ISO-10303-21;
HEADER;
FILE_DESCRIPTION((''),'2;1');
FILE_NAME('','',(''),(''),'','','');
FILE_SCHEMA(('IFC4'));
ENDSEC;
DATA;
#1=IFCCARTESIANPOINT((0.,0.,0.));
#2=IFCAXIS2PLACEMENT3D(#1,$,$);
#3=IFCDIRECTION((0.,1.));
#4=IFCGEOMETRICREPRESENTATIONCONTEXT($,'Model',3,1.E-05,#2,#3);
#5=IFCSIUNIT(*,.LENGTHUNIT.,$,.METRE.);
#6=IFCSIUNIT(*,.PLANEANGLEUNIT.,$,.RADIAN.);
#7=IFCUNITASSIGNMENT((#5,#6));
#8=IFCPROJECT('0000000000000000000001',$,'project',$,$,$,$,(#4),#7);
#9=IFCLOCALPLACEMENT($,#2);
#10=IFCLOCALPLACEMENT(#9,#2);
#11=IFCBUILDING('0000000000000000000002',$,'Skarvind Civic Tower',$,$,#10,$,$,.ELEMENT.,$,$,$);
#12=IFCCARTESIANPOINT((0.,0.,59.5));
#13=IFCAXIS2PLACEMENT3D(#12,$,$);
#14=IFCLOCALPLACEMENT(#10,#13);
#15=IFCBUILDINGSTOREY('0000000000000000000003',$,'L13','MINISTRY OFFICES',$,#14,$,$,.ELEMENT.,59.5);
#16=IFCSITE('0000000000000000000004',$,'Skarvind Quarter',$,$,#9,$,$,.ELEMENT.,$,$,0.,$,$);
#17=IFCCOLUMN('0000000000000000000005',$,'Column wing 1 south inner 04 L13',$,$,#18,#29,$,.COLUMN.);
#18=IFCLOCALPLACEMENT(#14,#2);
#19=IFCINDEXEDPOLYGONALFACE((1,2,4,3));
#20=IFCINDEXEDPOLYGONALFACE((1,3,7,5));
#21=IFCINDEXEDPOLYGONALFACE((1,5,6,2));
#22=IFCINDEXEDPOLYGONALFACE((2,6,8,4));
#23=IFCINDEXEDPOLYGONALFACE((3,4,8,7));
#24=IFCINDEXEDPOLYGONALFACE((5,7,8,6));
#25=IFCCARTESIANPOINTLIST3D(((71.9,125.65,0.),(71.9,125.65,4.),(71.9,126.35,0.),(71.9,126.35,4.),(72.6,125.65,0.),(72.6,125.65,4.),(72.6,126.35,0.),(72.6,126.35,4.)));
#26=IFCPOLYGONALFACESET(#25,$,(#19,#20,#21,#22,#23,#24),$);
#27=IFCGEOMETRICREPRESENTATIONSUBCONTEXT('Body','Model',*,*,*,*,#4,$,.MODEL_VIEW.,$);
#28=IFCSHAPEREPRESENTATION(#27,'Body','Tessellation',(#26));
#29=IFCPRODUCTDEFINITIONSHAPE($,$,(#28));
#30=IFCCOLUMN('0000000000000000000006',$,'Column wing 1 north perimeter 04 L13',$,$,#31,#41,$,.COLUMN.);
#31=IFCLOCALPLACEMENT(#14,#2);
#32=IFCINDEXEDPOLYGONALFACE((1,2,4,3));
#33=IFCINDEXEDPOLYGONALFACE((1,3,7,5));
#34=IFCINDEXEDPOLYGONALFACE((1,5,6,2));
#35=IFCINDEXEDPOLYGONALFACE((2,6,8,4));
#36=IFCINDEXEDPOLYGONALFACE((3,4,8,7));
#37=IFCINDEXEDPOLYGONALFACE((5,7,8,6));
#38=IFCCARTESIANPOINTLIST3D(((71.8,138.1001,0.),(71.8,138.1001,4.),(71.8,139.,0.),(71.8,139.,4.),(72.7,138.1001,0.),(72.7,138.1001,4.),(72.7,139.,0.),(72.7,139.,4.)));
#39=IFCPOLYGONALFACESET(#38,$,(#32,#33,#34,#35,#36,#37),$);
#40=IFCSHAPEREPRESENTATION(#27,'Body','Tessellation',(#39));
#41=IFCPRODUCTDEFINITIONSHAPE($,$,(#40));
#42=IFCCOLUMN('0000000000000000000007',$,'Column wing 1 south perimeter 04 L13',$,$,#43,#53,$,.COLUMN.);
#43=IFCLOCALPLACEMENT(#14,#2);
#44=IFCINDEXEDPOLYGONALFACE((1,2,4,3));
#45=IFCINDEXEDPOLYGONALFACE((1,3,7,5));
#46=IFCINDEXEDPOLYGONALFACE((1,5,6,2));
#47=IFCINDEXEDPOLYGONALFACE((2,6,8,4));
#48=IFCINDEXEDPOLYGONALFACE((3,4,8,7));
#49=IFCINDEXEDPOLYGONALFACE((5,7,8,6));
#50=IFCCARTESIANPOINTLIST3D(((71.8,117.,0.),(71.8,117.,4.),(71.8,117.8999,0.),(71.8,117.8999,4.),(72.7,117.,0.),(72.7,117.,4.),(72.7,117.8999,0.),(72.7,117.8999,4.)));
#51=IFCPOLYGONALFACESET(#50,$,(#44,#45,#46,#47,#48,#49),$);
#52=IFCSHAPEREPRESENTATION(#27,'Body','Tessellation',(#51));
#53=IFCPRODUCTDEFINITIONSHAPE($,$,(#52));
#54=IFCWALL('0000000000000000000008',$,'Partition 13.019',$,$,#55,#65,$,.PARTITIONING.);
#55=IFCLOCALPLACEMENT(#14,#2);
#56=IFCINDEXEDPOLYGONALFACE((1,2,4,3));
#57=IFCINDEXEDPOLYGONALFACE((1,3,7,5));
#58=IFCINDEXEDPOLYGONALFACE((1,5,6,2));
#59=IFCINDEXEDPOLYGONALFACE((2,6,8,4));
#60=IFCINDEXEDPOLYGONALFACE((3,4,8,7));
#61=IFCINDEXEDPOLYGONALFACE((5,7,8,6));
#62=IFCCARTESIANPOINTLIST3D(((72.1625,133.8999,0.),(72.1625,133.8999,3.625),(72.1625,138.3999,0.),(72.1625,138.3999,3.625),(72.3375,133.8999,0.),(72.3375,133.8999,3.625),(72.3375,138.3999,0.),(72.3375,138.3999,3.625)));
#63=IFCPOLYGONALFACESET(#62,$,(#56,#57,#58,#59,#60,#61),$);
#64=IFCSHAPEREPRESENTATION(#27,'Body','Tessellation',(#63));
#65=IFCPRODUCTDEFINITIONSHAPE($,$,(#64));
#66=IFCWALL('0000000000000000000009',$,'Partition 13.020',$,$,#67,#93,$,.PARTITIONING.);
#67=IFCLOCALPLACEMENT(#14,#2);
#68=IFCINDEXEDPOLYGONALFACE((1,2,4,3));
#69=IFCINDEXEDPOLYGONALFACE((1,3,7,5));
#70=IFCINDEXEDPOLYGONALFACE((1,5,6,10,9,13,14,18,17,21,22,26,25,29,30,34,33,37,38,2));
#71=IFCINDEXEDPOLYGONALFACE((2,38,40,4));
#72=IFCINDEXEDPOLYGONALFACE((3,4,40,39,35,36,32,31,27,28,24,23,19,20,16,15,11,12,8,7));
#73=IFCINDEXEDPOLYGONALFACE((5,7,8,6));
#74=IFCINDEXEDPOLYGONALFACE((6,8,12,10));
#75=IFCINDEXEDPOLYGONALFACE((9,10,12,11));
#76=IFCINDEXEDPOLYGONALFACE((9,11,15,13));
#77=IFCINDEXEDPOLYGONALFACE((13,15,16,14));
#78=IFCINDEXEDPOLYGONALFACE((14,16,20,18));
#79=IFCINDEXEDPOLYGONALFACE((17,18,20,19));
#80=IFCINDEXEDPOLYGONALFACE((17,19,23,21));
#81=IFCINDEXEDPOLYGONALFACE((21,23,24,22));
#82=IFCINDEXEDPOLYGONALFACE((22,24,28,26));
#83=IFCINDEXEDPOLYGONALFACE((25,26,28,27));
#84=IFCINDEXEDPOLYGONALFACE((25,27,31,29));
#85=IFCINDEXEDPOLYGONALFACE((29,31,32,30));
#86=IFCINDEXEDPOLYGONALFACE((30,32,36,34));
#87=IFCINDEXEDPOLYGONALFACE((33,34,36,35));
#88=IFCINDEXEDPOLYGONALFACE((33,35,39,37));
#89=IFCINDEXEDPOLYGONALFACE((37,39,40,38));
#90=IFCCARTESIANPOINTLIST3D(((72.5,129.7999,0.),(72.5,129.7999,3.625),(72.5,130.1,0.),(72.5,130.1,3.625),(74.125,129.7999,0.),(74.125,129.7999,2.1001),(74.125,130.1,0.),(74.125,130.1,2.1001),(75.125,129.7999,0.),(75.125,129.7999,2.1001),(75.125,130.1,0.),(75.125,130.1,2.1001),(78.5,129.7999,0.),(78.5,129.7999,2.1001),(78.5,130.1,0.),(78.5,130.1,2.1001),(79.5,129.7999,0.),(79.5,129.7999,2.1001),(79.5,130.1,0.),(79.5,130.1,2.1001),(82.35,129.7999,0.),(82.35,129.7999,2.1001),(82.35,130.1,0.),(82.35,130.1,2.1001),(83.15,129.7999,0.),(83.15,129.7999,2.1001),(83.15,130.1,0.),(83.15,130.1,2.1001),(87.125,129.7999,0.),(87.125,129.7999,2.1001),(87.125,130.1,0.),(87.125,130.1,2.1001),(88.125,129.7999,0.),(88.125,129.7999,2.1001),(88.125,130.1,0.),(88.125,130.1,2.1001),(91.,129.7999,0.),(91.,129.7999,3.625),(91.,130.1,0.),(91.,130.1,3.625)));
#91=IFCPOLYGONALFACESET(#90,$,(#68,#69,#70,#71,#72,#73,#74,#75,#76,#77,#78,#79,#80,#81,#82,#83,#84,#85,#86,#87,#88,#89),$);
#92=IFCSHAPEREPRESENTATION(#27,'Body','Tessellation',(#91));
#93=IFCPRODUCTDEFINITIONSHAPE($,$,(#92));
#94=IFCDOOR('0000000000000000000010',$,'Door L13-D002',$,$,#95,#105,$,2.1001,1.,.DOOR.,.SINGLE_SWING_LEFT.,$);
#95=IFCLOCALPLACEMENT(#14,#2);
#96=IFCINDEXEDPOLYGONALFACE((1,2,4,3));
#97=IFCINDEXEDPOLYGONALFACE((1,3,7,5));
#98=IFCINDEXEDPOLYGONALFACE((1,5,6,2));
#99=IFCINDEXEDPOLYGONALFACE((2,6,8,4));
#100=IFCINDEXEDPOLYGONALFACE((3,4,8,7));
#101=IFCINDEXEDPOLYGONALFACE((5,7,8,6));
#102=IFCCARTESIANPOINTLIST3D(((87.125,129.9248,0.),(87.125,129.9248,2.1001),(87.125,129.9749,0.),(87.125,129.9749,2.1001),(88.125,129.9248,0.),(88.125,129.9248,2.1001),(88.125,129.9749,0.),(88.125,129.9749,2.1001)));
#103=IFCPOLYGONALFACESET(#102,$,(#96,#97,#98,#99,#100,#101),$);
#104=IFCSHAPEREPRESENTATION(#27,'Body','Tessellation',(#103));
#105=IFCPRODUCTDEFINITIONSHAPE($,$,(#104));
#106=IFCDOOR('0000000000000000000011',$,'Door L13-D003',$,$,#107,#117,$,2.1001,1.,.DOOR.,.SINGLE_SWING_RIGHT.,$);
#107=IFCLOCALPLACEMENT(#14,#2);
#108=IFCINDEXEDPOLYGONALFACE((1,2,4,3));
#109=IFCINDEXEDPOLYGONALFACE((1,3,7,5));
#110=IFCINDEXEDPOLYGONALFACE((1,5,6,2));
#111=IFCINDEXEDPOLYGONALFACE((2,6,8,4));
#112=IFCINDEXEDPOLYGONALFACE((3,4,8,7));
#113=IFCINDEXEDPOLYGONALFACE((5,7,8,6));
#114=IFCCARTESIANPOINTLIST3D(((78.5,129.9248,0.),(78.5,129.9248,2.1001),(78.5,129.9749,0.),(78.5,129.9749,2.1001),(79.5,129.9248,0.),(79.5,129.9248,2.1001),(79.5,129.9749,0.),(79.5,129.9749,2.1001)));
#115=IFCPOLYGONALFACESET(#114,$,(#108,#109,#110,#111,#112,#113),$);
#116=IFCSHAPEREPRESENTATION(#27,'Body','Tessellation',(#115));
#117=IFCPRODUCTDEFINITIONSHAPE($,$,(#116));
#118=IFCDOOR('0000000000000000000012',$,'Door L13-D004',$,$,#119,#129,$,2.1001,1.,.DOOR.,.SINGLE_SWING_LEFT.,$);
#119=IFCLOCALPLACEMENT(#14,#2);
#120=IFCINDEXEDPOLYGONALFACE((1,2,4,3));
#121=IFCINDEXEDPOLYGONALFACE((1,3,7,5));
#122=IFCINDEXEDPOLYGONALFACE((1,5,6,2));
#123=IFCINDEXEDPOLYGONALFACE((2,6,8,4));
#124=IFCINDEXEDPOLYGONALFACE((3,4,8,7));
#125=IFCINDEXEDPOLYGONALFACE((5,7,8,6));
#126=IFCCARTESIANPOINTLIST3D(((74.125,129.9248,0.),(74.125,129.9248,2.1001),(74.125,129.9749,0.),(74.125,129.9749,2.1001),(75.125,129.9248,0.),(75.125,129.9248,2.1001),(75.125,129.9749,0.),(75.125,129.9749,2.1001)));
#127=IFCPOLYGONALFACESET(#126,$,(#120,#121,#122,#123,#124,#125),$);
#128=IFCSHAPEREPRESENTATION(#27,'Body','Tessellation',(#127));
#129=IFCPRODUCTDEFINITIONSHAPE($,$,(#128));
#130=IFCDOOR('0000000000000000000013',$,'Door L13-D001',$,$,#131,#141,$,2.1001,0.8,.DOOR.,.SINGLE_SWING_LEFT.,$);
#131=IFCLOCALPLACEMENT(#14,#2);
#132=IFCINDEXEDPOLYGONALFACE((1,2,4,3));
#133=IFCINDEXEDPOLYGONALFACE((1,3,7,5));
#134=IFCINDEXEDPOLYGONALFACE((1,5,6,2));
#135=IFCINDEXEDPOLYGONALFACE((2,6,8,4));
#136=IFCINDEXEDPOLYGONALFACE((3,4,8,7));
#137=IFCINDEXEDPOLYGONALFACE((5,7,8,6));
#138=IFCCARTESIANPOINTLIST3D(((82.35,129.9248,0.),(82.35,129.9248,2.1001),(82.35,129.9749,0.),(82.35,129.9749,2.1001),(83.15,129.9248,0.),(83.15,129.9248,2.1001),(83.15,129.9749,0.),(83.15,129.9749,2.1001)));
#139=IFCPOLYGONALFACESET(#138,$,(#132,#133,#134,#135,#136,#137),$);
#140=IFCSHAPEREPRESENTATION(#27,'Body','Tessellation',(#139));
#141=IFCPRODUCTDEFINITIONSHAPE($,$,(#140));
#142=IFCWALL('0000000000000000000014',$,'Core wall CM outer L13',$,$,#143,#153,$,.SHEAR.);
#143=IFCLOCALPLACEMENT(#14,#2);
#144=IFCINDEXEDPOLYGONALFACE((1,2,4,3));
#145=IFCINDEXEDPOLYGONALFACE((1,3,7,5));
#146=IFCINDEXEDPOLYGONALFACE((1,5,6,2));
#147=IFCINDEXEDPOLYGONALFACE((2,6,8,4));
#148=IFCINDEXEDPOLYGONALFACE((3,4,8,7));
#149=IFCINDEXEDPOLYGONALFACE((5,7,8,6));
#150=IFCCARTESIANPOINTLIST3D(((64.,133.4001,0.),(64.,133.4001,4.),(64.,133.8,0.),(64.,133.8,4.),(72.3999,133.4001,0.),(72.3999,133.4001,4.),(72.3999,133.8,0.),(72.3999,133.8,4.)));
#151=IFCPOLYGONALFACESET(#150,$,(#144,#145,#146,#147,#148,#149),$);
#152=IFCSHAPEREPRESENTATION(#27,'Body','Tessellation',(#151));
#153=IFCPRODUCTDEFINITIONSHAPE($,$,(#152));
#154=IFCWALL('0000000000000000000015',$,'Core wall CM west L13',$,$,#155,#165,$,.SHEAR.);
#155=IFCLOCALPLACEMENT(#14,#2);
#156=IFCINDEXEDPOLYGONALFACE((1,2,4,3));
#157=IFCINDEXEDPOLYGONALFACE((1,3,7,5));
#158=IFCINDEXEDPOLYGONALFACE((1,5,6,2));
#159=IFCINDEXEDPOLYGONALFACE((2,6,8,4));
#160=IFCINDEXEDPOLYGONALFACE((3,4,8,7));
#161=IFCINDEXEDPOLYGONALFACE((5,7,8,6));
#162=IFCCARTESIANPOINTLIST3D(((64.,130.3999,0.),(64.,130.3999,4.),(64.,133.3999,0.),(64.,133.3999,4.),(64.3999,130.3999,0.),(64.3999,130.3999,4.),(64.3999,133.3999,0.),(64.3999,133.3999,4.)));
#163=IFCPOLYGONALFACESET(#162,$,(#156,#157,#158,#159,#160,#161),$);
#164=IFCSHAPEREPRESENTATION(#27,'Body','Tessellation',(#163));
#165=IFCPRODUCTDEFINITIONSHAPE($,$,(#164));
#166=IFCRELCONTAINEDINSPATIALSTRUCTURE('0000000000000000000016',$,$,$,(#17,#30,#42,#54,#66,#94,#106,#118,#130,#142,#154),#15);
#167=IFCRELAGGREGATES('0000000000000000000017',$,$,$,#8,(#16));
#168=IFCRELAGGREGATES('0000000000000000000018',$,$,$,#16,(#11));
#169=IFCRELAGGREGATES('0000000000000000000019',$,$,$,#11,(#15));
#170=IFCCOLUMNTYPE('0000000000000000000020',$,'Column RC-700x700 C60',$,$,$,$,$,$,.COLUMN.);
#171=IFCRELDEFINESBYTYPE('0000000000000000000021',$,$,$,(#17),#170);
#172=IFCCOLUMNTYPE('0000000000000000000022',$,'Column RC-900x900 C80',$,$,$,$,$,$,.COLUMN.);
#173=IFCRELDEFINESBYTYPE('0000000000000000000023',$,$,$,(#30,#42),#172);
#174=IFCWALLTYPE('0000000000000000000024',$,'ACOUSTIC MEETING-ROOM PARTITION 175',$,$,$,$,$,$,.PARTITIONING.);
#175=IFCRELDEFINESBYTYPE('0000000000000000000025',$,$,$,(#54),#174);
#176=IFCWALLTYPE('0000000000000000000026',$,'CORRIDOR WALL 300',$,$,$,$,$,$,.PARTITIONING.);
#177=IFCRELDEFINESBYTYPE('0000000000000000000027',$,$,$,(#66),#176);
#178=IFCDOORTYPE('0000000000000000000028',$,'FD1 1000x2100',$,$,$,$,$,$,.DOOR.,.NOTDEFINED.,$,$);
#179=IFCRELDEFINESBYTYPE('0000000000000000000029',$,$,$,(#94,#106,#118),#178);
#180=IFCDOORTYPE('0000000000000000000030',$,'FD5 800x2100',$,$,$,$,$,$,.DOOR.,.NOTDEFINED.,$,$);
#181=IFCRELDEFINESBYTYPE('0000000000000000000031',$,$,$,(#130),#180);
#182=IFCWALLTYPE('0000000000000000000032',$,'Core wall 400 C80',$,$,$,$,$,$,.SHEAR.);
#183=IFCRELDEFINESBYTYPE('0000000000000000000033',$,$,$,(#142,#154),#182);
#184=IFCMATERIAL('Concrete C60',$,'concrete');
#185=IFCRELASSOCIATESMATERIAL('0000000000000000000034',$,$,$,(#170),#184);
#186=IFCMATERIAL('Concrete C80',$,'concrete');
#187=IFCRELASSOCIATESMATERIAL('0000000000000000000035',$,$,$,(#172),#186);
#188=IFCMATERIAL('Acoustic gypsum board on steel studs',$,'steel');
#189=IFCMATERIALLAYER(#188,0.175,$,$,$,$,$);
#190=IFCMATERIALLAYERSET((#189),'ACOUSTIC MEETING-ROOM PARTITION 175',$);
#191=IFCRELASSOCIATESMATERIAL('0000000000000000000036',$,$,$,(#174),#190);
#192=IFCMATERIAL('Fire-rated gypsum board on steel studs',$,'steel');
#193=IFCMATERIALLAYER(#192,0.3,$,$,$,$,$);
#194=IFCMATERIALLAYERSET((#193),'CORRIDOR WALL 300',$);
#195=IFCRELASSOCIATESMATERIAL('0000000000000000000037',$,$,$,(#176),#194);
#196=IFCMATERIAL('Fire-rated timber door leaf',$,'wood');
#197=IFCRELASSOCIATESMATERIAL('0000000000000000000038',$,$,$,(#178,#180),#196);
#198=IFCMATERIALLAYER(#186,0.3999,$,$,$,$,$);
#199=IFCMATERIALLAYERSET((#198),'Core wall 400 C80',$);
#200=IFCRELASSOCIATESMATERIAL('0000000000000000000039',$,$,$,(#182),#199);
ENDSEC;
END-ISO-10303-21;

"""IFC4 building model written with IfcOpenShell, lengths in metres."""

from ifc_helpers import new_model, si_unit, direction, frame, frame_2d, origin, origin_2d, place, context, subcontext, project, spatial, rectangle, extrude, material, layer, layer_set, material_profile, profile_set, type_object, element, fill, save


model = new_model("IFC4")

# Units and contexts
model_context = context("Model", 3, precision=1e-05, world=origin(), true_north=direction((0.0, 1.0)))
body_context = subcontext(model_context, "Body", "Model", "MODEL_VIEW")
ifc_project = project(units=[si_unit("LENGTHUNIT", "METRE"), si_unit("PLANEANGLEUNIT", "RADIAN")], contexts=[model_context])

# Site, building, storey
site_placement = place(None, origin())
site = spatial("IfcSite", under=ifc_project, at=site_placement, Name="Skarvind Quarter", CompositionType="ELEMENT", RefElevation=0.0)
building_placement = place(site_placement, origin())
building = spatial("IfcBuilding", under=site, at=building_placement, Name="Skarvind Civic Tower", CompositionType="ELEMENT")
storey_placement = place(building_placement, frame((0.0, 0.0, 59.5)))
storey = spatial("IfcBuildingStorey", under=building, at=storey_placement, Name="L13", Description="MINISTRY OFFICES", CompositionType="ELEMENT", Elevation=59.5)

# Columns
ifc_material_1 = material(Name="Concrete C60", Category="concrete")
ifc_material_profile_1 = material_profile(ifc_material_1, rectangle(XDim=0.7, YDim=0.7, at=origin_2d()), Name="RC-700x700")
ifc_profile_set_1 = profile_set([ifc_material_profile_1], Name="Concrete C60")
column_type_1 = type_object("IfcColumnType", Name="Column RC-700x700 C60", PredefinedType="COLUMN", material=ifc_profile_set_1)
column_placement = place(storey_placement, frame((72.25, 126.0, 0.0), z_axis=(0.0, 0.0, 1.0), x_axis=(1.0, 0.0, 0.0)))
element("IfcColumn", 1, at=column_placement, inside=storey, type_object=column_type_1, Name="Column wing 1 south inner 04 L13", PredefinedType="COLUMN", context=body_context, shape_type="SweptSolid", body=[
    extrude(rectangle(XDim=0.7, YDim=0.7, at=origin_2d()), origin(), (0.0, 0.0, 1.0), 4.0),
])
ifc_material_2 = material(Name="Concrete C80", Category="concrete")
ifc_material_profile_2 = material_profile(ifc_material_2, rectangle(XDim=0.8999, YDim=0.8999, at=origin_2d()), Name="RC-900x900")
ifc_profile_set_2 = profile_set([ifc_material_profile_2], Name="Concrete C80")
column_type_2 = type_object("IfcColumnType", Name="Column RC-900x900 C80", PredefinedType="COLUMN", material=ifc_profile_set_2)
for number, where, z_axis, x_axis, name in (
    (2, (72.25, 138.55, 0.0), (0.0, 0.0, 1.0), (1.0, 0.0, 0.0), "Column wing 1 north perimeter 04 L13"),
    (3, (72.25, 117.45, 0.0), (0.0, 0.0, 1.0), (1.0, 0.0, 0.0), "Column wing 1 south perimeter 04 L13"),
):
    element("IfcColumn", number, at=place(storey_placement, frame(where, z_axis=z_axis, x_axis=x_axis)), inside=storey, type_object=column_type_2, Name=name, PredefinedType="COLUMN", context=body_context, shape_type="SweptSolid", body=[
        extrude(rectangle(XDim=0.8999, YDim=0.8999, at=origin_2d()), origin(), (0.0, 0.0, 1.0), 4.0),
    ])

# Wall
ifc_material_3 = material(Name="Acoustic gypsum board on steel studs", Category="steel")
ifc_layer_1 = layer(ifc_material_3, 0.175)
ifc_layer_set_1 = layer_set([ifc_layer_1], Name="ACOUSTIC MEETING-ROOM PARTITION 175")
wall_type_1 = type_object("IfcWallType", Name="ACOUSTIC MEETING-ROOM PARTITION 175", PredefinedType="PARTITIONING", material=ifc_layer_set_1)
wall_1_placement = place(storey_placement, frame((72.25, 133.8999, 0.0), z_axis=(0.0, 0.0, 1.0), x_axis=(0.0, 1.0, 0.0)))
element("IfcWall", 4, at=wall_1_placement, inside=storey, type_object=wall_type_1, Name="Partition 13.019", PredefinedType="PARTITIONING", context=body_context, shape_type="SweptSolid", body=[
    extrude(rectangle(XDim=4.5, YDim=0.175, at=frame_2d((2.25, 0.0))), origin(), (0.0, 0.0, 1.0), 3.625),
])

# Wall, openings, doors
ifc_material_4 = material(Name="Fire-rated gypsum board on steel studs", Category="steel")
ifc_layer_2 = layer(ifc_material_4, 0.3)
ifc_layer_set_2 = layer_set([ifc_layer_2], Name="CORRIDOR WALL 300")
wall_type_2 = type_object("IfcWallType", Name="CORRIDOR WALL 300", PredefinedType="PARTITIONING", material=ifc_layer_set_2)
wall_2_placement = place(storey_placement, frame((72.5, 129.95, 0.0), z_axis=(0.0, 0.0, 1.0), x_axis=(1.0, 0.0, 0.0)))
wall_2 = element("IfcWall", 5, at=wall_2_placement, inside=storey, type_object=wall_type_2, Name="Partition 13.020", PredefinedType="PARTITIONING", context=body_context, shape_type="SweptSolid", body=[
    extrude(rectangle(XDim=18.5, YDim=0.3, at=frame_2d((9.25, 0.0))), origin(), (0.0, 0.0, 1.0), 3.625),
])
opening_1_placement = place(wall_2_placement, frame((9.8501, 0.0, 0.0)))
opening_1 = element("IfcOpeningElement", 6, at=opening_1_placement, cuts=wall_2, PredefinedType="OPENING", context=body_context, shape_type="SweptSolid", body=[
    extrude(rectangle(XDim=0.8, YDim=2.1001, at=frame_2d((0.3999, 1.05))), frame((0.0, 0.1599, 0.0), z_axis=(0.0, -1.0, 0.0), x_axis=(1.0, 0.0, 0.0)), (0.0, 0.0, 1.0), 0.3201),
])
opening_2_placement = place(wall_2_placement, frame((14.625, 0.0, 0.0)))
opening_2 = element("IfcOpeningElement", 7, at=opening_2_placement, cuts=wall_2, PredefinedType="OPENING", context=body_context, shape_type="SweptSolid", body=[
    extrude(rectangle(XDim=1.0, YDim=2.1001, at=frame_2d((0.5, 1.05))), frame((0.0, 0.1599, 0.0), z_axis=(0.0, -1.0, 0.0), x_axis=(1.0, 0.0, 0.0)), (0.0, 0.0, 1.0), 0.3201),
])
opening_3_placement = place(wall_2_placement, frame((6.0, 0.0, 0.0)))
opening_3 = element("IfcOpeningElement", 8, at=opening_3_placement, cuts=wall_2, PredefinedType="OPENING", context=body_context, shape_type="SweptSolid", body=[
    extrude(rectangle(XDim=1.0, YDim=2.1001, at=frame_2d((0.5, 1.05))), frame((0.0, 0.1599, 0.0), z_axis=(0.0, -1.0, 0.0), x_axis=(1.0, 0.0, 0.0)), (0.0, 0.0, 1.0), 0.3201),
])
opening_4_placement = place(wall_2_placement, frame((1.625, 0.0, 0.0)))
opening_4 = element("IfcOpeningElement", 9, at=opening_4_placement, cuts=wall_2, PredefinedType="OPENING", context=body_context, shape_type="SweptSolid", body=[
    extrude(rectangle(XDim=1.0, YDim=2.1001, at=frame_2d((0.5, 1.05))), frame((0.0, 0.1599, 0.0), z_axis=(0.0, -1.0, 0.0), x_axis=(1.0, 0.0, 0.0)), (0.0, 0.0, 1.0), 0.3201),
])
ifc_material_5 = material(Name="Fire-rated timber door leaf", Category="wood")
door_type_1 = type_object("IfcDoorType", Name="FD1 1000x2100", OperationType="NOTDEFINED", PredefinedType="DOOR", material=ifc_material_5)
door_1_placement = place(opening_2_placement, origin())
door_1 = element("IfcDoor", 10, at=door_1_placement, inside=storey, type_object=door_type_1, Name="Door L13-D002", OperationType="SINGLE_SWING_LEFT", OverallHeight=2.1001, OverallWidth=1.0, PredefinedType="DOOR", context=body_context, shape_type="SweptSolid", body=[
    extrude(rectangle(XDim=1.0, YDim=2.1001, at=frame_2d((0.5, 1.05))), frame((0.0, 0.0249, 0.0), z_axis=(0.0, -1.0, 0.0), x_axis=(1.0, 0.0, 0.0)), (0.0, 0.0, 1.0), 0.05),
])
fill(opening_2, door_1)
door_2_placement = place(opening_3_placement, origin())
door_2 = element("IfcDoor", 11, at=door_2_placement, inside=storey, type_object=door_type_1, Name="Door L13-D003", OperationType="SINGLE_SWING_RIGHT", OverallHeight=2.1001, OverallWidth=1.0, PredefinedType="DOOR", context=body_context, shape_type="SweptSolid", body=[
    extrude(rectangle(XDim=1.0, YDim=2.1001, at=frame_2d((0.5, 1.05))), frame((0.0, 0.0249, 0.0), z_axis=(0.0, -1.0, 0.0), x_axis=(1.0, 0.0, 0.0)), (0.0, 0.0, 1.0), 0.05),
])
fill(opening_3, door_2)
door_3_placement = place(opening_4_placement, origin())
door_3 = element("IfcDoor", 12, at=door_3_placement, inside=storey, type_object=door_type_1, Name="Door L13-D004", OperationType="SINGLE_SWING_LEFT", OverallHeight=2.1001, OverallWidth=1.0, PredefinedType="DOOR", context=body_context, shape_type="SweptSolid", body=[
    extrude(rectangle(XDim=1.0, YDim=2.1001, at=frame_2d((0.5, 1.05))), frame((0.0, 0.0249, 0.0), z_axis=(0.0, -1.0, 0.0), x_axis=(1.0, 0.0, 0.0)), (0.0, 0.0, 1.0), 0.05),
])
fill(opening_4, door_3)
door_type_2 = type_object("IfcDoorType", Name="FD5 800x2100", OperationType="NOTDEFINED", PredefinedType="DOOR", material=ifc_material_5)
door_4_placement = place(opening_1_placement, origin())
door_4 = element("IfcDoor", 13, at=door_4_placement, inside=storey, type_object=door_type_2, Name="Door L13-D001", OperationType="SINGLE_SWING_LEFT", OverallHeight=2.1001, OverallWidth=0.8, PredefinedType="DOOR", context=body_context, shape_type="SweptSolid", body=[
    extrude(rectangle(XDim=0.8, YDim=2.1001, at=frame_2d((0.3999, 1.05))), frame((0.0, 0.0249, 0.0), z_axis=(0.0, -1.0, 0.0), x_axis=(1.0, 0.0, 0.0)), (0.0, 0.0, 1.0), 0.05),
])
fill(opening_1, door_4)

# Walls
ifc_layer_3 = layer(ifc_material_2, 0.3999)
ifc_layer_set_3 = layer_set([ifc_layer_3], Name="Core wall 400 C80")
wall_type_3 = type_object("IfcWallType", Name="Core wall 400 C80", PredefinedType="SHEAR", material=ifc_layer_set_3)
wall_3_placement = place(storey_placement, frame((64.0, 133.6001, 0.0), z_axis=(0.0, 0.0, 1.0), x_axis=(1.0, 0.0, 0.0)))
element("IfcWall", 14, at=wall_3_placement, inside=storey, type_object=wall_type_3, Name="Core wall CM outer L13", PredefinedType="SHEAR", context=body_context, shape_type="SweptSolid", body=[
    extrude(rectangle(XDim=8.3999, YDim=0.3999, at=frame_2d((4.2, 0.0))), origin(), (0.0, 0.0, 1.0), 4.0),
])
for number, where, z_axis, x_axis, name in (
    (15, (64.2, 130.3999, 0.0), (0.0, 0.0, 1.0), (0.0, 1.0, 0.0), "Core wall CM west L13"),
):
    element("IfcWall", number, at=place(storey_placement, frame(where, z_axis=z_axis, x_axis=x_axis)), inside=storey, type_object=wall_type_3, Name=name, PredefinedType="SHEAR", context=body_context, shape_type="SweptSolid", body=[
        extrude(rectangle(XDim=3.0, YDim=0.3999, at=frame_2d((1.5, 0.0))), origin(), (0.0, 0.0, 1.0), 4.0),
    ])

save(model, "model.ifc")
